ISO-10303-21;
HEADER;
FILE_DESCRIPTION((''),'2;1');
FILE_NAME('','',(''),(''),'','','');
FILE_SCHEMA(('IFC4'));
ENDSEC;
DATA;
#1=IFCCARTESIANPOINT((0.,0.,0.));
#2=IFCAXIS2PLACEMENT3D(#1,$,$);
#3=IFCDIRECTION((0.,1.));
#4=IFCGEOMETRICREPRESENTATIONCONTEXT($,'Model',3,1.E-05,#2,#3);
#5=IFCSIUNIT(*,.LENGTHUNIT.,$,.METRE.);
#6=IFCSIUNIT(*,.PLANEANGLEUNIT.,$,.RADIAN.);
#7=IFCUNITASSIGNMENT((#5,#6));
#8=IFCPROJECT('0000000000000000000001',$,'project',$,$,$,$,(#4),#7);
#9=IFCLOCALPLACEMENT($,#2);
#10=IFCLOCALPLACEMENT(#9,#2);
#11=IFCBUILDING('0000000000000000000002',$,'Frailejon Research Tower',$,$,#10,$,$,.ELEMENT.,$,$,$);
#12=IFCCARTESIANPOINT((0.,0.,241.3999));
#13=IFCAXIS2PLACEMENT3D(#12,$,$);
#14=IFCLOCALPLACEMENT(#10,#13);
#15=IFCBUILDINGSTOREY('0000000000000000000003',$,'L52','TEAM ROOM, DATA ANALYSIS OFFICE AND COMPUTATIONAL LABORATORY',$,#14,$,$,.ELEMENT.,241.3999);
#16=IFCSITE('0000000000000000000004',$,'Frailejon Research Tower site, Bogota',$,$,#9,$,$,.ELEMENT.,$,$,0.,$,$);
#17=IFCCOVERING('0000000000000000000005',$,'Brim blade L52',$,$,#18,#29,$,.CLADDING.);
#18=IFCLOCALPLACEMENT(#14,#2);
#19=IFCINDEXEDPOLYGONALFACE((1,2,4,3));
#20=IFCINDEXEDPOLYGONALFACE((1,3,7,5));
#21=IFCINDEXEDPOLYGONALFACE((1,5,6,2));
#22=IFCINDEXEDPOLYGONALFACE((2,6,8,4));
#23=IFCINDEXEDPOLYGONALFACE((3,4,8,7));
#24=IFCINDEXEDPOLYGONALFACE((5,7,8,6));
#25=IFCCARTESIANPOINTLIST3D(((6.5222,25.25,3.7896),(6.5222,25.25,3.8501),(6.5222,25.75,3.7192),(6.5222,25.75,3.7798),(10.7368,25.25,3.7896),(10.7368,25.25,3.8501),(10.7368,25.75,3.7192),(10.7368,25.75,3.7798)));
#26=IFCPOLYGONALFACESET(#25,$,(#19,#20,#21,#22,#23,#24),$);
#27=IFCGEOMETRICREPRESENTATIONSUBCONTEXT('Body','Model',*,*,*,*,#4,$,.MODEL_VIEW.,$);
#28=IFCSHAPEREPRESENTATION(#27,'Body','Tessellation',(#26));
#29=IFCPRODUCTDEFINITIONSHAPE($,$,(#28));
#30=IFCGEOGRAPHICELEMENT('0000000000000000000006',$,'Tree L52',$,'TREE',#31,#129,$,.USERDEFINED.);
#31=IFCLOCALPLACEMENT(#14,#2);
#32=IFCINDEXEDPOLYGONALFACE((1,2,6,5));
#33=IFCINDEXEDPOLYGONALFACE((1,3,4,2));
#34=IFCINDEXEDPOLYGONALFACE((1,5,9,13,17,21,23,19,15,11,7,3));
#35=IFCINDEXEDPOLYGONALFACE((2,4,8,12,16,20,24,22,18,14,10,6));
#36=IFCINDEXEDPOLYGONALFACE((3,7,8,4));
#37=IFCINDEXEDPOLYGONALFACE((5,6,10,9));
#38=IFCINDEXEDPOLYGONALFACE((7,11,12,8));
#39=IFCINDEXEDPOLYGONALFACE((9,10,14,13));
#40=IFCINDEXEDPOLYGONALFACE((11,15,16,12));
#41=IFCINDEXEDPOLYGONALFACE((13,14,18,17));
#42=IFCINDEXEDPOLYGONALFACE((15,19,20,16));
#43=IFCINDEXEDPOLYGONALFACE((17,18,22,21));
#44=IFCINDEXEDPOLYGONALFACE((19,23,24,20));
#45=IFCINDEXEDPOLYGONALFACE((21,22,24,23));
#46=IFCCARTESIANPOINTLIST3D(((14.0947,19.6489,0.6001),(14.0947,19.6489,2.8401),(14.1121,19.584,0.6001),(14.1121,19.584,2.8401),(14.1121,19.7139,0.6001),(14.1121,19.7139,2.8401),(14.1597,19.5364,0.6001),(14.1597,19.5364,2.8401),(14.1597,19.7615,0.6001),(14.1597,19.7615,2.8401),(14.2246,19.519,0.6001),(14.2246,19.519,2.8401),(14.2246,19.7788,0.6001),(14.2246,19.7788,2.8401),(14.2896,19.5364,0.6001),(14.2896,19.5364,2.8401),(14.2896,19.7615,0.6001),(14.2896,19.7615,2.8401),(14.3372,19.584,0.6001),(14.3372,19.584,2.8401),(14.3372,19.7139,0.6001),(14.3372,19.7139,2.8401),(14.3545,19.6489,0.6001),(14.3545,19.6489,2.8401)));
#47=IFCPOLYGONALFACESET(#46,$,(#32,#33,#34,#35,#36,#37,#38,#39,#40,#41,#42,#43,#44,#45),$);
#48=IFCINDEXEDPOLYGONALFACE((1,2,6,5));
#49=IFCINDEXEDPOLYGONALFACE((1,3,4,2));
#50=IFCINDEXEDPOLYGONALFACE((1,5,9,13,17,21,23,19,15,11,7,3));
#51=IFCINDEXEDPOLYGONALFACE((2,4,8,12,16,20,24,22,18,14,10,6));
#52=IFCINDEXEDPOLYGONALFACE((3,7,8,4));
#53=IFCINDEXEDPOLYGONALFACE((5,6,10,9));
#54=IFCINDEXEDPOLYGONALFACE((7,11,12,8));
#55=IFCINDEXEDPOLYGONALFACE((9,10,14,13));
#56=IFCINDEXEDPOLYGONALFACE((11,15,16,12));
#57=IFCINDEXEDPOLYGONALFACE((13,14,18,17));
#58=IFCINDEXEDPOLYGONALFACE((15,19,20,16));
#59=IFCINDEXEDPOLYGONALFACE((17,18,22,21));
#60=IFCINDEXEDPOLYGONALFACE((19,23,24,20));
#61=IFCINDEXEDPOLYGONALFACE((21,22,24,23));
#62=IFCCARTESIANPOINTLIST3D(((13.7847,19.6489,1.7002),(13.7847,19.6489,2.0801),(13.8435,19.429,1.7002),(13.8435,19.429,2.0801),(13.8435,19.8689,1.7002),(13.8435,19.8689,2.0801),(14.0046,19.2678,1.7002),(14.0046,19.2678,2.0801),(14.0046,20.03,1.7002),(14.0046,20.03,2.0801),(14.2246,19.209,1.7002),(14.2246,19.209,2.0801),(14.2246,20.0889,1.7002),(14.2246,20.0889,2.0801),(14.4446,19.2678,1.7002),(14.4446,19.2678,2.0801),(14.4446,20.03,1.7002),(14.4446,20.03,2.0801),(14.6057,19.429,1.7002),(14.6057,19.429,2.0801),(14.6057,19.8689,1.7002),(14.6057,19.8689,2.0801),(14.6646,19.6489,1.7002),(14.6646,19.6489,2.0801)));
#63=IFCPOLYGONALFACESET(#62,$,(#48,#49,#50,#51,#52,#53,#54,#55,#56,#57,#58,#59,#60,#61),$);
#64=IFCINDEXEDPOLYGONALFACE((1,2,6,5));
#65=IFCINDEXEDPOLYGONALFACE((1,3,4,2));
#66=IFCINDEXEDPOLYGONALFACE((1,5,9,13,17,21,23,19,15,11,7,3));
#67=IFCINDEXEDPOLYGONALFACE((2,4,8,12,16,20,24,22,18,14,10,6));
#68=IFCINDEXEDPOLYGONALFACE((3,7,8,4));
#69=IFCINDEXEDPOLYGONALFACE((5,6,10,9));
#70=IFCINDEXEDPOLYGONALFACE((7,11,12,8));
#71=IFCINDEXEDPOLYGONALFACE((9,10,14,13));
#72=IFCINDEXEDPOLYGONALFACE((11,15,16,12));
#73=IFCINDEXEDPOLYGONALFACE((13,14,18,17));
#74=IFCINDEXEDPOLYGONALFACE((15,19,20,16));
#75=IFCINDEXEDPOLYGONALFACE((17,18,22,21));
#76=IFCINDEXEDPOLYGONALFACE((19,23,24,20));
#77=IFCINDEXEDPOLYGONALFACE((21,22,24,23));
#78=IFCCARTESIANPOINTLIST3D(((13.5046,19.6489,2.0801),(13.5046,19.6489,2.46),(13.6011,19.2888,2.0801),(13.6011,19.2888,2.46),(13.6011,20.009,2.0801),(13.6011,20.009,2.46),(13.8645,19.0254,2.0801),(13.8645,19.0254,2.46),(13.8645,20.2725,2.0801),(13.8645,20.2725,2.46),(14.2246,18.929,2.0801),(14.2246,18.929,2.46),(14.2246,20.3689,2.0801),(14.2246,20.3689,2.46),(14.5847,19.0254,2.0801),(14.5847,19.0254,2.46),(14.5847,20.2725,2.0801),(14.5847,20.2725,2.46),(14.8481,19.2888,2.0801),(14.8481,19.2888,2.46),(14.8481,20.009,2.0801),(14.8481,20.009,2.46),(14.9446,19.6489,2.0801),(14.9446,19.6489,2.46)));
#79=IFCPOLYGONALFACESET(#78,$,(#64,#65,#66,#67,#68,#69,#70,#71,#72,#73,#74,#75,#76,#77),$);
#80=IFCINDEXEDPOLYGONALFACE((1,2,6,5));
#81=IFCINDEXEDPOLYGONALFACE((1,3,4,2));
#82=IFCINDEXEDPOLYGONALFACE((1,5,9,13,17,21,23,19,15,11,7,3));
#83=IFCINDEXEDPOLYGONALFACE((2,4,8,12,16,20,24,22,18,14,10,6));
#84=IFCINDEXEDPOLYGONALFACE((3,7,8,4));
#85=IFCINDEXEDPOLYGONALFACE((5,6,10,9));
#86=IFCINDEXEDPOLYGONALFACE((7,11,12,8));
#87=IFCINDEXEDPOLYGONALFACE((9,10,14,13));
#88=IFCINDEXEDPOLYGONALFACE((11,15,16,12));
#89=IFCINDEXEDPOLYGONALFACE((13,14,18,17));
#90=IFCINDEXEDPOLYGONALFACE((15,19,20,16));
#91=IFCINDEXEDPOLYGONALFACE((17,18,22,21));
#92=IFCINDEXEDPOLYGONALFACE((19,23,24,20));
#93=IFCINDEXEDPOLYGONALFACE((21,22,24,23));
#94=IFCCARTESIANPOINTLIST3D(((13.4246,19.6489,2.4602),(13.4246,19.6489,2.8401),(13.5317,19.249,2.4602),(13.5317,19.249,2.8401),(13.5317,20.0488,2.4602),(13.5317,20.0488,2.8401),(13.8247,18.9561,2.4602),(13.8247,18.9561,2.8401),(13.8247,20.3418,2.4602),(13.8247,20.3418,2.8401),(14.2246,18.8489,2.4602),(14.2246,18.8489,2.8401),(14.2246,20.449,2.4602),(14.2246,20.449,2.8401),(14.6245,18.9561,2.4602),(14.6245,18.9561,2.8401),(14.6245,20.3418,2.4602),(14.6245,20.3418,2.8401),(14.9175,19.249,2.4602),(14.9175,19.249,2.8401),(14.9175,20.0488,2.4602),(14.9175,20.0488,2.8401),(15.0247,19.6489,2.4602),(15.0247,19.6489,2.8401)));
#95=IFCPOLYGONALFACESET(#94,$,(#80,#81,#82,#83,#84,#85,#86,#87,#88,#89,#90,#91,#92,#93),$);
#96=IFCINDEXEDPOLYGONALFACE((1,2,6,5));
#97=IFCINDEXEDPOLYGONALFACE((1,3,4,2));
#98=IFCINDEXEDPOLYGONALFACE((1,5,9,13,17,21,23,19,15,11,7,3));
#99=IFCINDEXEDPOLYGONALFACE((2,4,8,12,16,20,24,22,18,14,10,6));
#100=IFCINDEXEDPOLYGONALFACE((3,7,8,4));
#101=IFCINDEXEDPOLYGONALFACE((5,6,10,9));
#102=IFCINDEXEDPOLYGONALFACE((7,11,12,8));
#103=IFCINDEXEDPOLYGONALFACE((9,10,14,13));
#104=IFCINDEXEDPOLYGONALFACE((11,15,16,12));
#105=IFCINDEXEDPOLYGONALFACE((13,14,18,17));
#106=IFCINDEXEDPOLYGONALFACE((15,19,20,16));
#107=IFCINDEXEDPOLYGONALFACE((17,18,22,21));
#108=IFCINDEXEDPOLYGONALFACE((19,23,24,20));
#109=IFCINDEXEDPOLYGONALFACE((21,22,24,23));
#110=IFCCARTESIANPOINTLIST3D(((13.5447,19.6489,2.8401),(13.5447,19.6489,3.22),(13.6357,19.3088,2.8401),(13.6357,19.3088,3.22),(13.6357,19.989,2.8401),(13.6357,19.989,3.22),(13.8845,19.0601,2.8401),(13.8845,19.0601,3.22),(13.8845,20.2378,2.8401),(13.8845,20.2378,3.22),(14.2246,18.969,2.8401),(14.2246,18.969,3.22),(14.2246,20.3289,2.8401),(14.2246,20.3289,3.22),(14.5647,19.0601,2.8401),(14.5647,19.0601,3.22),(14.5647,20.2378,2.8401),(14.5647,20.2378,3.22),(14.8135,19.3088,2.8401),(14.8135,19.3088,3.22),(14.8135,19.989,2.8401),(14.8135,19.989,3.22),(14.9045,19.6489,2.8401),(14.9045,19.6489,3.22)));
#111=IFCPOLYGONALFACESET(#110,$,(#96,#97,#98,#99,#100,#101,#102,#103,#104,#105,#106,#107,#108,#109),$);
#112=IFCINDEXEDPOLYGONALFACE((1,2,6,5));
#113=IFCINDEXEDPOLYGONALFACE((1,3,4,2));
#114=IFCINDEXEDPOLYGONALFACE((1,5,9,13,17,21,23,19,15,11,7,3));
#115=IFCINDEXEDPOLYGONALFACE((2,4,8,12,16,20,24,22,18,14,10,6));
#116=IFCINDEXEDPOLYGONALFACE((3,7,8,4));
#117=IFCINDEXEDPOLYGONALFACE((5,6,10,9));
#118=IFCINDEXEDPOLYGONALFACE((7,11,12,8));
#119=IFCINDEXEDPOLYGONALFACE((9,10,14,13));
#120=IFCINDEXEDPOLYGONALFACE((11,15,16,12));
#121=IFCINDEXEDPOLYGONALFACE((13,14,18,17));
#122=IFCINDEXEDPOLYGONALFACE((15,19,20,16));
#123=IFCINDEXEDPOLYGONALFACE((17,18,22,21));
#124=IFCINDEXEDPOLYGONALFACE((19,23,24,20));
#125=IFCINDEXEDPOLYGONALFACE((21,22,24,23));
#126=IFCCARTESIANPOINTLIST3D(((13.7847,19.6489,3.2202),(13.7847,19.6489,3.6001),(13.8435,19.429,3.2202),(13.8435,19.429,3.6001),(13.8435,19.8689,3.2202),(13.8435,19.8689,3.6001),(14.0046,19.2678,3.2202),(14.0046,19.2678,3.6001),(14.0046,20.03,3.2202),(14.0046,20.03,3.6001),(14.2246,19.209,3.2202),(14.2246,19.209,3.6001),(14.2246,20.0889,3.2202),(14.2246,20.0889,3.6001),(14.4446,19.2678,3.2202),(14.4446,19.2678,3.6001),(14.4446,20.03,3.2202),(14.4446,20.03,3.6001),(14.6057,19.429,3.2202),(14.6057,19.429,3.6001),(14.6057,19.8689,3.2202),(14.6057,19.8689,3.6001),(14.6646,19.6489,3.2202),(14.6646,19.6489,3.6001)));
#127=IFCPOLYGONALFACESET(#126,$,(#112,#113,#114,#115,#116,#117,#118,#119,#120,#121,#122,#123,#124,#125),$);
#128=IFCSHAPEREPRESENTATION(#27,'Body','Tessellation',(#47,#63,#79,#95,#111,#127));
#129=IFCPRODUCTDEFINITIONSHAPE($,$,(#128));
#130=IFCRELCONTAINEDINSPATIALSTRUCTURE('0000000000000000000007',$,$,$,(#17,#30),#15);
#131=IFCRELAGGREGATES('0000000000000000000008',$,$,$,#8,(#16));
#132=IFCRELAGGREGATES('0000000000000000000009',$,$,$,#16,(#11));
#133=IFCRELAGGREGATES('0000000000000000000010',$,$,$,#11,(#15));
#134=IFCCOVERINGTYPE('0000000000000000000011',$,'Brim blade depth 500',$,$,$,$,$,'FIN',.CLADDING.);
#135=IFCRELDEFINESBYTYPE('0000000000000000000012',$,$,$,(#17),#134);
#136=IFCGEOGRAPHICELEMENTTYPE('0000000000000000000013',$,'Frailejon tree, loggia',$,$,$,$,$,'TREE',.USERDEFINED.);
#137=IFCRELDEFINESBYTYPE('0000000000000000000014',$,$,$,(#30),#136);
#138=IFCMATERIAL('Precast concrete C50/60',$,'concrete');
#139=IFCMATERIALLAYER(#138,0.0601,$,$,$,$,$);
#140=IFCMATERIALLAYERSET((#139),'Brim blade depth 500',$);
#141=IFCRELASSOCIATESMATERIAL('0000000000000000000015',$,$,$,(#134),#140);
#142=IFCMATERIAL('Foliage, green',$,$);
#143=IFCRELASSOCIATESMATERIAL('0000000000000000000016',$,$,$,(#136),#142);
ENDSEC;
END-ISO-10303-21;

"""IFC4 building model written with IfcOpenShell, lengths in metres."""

from ifc_helpers import new_model, si_unit, direction, frame, origin, place, context, subcontext, project, spatial, polyline, outline, extrude, material, layer, layer_set, type_object, element, save


model = new_model("IFC4")

# Units and contexts
model_context = context("Model", 3, precision=1e-05, world=origin(), true_north=direction((0.0, 1.0)))
body_context = subcontext(model_context, "Body", "Model", "MODEL_VIEW")
ifc_project = project(units=[si_unit("LENGTHUNIT", "METRE"), si_unit("PLANEANGLEUNIT", "RADIAN")], contexts=[model_context])

# Site, building, storey
site_placement = place(None, origin())
site = spatial("IfcSite", under=ifc_project, at=site_placement, Name="Frailejon Research Tower site, Bogota", CompositionType="ELEMENT", RefElevation=0.0)
building_placement = place(site_placement, origin())
building = spatial("IfcBuilding", under=site, at=building_placement, Name="Frailejon Research Tower", CompositionType="ELEMENT")
storey_placement = place(building_placement, frame((0.0, 0.0, 241.3999)))
storey = spatial("IfcBuildingStorey", under=building, at=storey_placement, Name="L52", Description="TEAM ROOM, DATA ANALYSIS OFFICE AND COMPUTATIONAL LABORATORY", CompositionType="ELEMENT", Elevation=241.3999)

# Covering
ifc_material_1 = material(Name="Precast concrete C50/60", Category="concrete")
ifc_layer_1 = layer(ifc_material_1, 0.0601)
ifc_layer_set_1 = layer_set([ifc_layer_1], Name="Brim blade depth 500")
covering_type_1 = type_object("IfcCoveringType", Name="Brim blade depth 500", ElementType="FIN", PredefinedType="CLADDING", material=ifc_layer_set_1)
covering_1_placement = place(storey_placement, frame((6.5222, 25.25, 3.8501), z_axis=(1.0, 0.0, 0.0), x_axis=(0.0, 1.0, 0.0)))
element("IfcCovering", 1, at=covering_1_placement, inside=storey, type_object=covering_type_1, Name="Brim blade L52", PredefinedType="CLADDING", context=body_context, shape_type="SweptSolid", body=[
    extrude(outline(polyline([(0.0, -0.0605), (0.5, -0.1309), (0.5, -0.0703), (0.0, 0.0), (0.0, -0.0605)])), origin(), (0.0, 0.0, 1.0), 4.2146),
])

# Geographic element
ifc_material_2 = material(Name="Foliage, green")
geographic_element_type = type_object("IfcGeographicElementType", Name="Frailejon tree, loggia", ElementType="TREE", PredefinedType="USERDEFINED", material=ifc_material_2)
geographic_element_placement = place(storey_placement, frame((14.2246, 19.6489, 0.6001)))
element("IfcGeographicElement", 2, at=geographic_element_placement, inside=storey, type_object=geographic_element_type, Name="Tree L52", ObjectType="TREE", PredefinedType="USERDEFINED", context=body_context, shape_type="SweptSolid", body=[
    extrude(outline(polyline([(0.1299, 0.0), (0.1125, 0.0649), (0.0649, 0.1125), (0.0, 0.1299), (-0.0649, 0.1125), (-0.1125, 0.0649), (-0.1299, 0.0), (-0.1125, -0.0649), (-0.0649, -0.1125), (0.0, -0.1299), (0.0649, -0.1125), (0.1125, -0.0649), (0.1299, 0.0)])), origin(), (0.0, 0.0, 1.0), 2.24),
    extrude(outline(polyline([(0.4399, 0.0), (0.3811, 0.22), (0.22, 0.3811), (0.0, 0.4399), (-0.22, 0.3811), (-0.3811, 0.22), (-0.4399, 0.0), (-0.3811, -0.22), (-0.22, -0.3811), (0.0, -0.4399), (0.22, -0.3811), (0.3811, -0.22), (0.4399, 0.0)])), frame((0.0, 0.0, 1.1001)), (0.0, 0.0, 1.0), 0.3799),
    extrude(outline(polyline([(0.72, 0.0), (0.6235, 0.3601), (0.3601, 0.6235), (0.0, 0.72), (-0.3601, 0.6235), (-0.6235, 0.3601), (-0.72, 0.0), (-0.6235, -0.3601), (-0.3601, -0.6235), (0.0, -0.72), (0.3601, -0.6235), (0.6235, -0.3601), (0.72, 0.0)])), frame((0.0, 0.0, 1.48)), (0.0, 0.0, 1.0), 0.3799),
    extrude(outline(polyline([(0.8, 0.0), (0.6929, 0.3999), (0.3999, 0.6929), (0.0, 0.8), (-0.3999, 0.6929), (-0.6929, 0.3999), (-0.8, 0.0), (-0.6929, -0.3999), (-0.3999, -0.6929), (0.0, -0.8), (0.3999, -0.6929), (0.6929, -0.3999), (0.8, 0.0)])), frame((0.0, 0.0, 1.8601)), (0.0, 0.0, 1.0), 0.3799),
    extrude(outline(polyline([(0.6799, 0.0), (0.5889, 0.3401), (0.3401, 0.5889), (0.0, 0.6799), (-0.3401, 0.5889), (-0.5889, 0.3401), (-0.6799, 0.0), (-0.5889, -0.3401), (-0.3401, -0.5889), (0.0, -0.6799), (0.3401, -0.5889), (0.5889, -0.3401), (0.6799, 0.0)])), frame((0.0, 0.0, 2.24)), (0.0, 0.0, 1.0), 0.3799),
    extrude(outline(polyline([(0.4399, 0.0), (0.3811, 0.22), (0.22, 0.3811), (0.0, 0.4399), (-0.22, 0.3811), (-0.3811, 0.22), (-0.4399, 0.0), (-0.3811, -0.22), (-0.22, -0.3811), (0.0, -0.4399), (0.22, -0.3811), (0.3811, -0.22), (0.4399, 0.0)])), frame((0.0, 0.0, 2.6201)), (0.0, 0.0, 1.0), 0.3799),
])

save(model, "model.ifc")
